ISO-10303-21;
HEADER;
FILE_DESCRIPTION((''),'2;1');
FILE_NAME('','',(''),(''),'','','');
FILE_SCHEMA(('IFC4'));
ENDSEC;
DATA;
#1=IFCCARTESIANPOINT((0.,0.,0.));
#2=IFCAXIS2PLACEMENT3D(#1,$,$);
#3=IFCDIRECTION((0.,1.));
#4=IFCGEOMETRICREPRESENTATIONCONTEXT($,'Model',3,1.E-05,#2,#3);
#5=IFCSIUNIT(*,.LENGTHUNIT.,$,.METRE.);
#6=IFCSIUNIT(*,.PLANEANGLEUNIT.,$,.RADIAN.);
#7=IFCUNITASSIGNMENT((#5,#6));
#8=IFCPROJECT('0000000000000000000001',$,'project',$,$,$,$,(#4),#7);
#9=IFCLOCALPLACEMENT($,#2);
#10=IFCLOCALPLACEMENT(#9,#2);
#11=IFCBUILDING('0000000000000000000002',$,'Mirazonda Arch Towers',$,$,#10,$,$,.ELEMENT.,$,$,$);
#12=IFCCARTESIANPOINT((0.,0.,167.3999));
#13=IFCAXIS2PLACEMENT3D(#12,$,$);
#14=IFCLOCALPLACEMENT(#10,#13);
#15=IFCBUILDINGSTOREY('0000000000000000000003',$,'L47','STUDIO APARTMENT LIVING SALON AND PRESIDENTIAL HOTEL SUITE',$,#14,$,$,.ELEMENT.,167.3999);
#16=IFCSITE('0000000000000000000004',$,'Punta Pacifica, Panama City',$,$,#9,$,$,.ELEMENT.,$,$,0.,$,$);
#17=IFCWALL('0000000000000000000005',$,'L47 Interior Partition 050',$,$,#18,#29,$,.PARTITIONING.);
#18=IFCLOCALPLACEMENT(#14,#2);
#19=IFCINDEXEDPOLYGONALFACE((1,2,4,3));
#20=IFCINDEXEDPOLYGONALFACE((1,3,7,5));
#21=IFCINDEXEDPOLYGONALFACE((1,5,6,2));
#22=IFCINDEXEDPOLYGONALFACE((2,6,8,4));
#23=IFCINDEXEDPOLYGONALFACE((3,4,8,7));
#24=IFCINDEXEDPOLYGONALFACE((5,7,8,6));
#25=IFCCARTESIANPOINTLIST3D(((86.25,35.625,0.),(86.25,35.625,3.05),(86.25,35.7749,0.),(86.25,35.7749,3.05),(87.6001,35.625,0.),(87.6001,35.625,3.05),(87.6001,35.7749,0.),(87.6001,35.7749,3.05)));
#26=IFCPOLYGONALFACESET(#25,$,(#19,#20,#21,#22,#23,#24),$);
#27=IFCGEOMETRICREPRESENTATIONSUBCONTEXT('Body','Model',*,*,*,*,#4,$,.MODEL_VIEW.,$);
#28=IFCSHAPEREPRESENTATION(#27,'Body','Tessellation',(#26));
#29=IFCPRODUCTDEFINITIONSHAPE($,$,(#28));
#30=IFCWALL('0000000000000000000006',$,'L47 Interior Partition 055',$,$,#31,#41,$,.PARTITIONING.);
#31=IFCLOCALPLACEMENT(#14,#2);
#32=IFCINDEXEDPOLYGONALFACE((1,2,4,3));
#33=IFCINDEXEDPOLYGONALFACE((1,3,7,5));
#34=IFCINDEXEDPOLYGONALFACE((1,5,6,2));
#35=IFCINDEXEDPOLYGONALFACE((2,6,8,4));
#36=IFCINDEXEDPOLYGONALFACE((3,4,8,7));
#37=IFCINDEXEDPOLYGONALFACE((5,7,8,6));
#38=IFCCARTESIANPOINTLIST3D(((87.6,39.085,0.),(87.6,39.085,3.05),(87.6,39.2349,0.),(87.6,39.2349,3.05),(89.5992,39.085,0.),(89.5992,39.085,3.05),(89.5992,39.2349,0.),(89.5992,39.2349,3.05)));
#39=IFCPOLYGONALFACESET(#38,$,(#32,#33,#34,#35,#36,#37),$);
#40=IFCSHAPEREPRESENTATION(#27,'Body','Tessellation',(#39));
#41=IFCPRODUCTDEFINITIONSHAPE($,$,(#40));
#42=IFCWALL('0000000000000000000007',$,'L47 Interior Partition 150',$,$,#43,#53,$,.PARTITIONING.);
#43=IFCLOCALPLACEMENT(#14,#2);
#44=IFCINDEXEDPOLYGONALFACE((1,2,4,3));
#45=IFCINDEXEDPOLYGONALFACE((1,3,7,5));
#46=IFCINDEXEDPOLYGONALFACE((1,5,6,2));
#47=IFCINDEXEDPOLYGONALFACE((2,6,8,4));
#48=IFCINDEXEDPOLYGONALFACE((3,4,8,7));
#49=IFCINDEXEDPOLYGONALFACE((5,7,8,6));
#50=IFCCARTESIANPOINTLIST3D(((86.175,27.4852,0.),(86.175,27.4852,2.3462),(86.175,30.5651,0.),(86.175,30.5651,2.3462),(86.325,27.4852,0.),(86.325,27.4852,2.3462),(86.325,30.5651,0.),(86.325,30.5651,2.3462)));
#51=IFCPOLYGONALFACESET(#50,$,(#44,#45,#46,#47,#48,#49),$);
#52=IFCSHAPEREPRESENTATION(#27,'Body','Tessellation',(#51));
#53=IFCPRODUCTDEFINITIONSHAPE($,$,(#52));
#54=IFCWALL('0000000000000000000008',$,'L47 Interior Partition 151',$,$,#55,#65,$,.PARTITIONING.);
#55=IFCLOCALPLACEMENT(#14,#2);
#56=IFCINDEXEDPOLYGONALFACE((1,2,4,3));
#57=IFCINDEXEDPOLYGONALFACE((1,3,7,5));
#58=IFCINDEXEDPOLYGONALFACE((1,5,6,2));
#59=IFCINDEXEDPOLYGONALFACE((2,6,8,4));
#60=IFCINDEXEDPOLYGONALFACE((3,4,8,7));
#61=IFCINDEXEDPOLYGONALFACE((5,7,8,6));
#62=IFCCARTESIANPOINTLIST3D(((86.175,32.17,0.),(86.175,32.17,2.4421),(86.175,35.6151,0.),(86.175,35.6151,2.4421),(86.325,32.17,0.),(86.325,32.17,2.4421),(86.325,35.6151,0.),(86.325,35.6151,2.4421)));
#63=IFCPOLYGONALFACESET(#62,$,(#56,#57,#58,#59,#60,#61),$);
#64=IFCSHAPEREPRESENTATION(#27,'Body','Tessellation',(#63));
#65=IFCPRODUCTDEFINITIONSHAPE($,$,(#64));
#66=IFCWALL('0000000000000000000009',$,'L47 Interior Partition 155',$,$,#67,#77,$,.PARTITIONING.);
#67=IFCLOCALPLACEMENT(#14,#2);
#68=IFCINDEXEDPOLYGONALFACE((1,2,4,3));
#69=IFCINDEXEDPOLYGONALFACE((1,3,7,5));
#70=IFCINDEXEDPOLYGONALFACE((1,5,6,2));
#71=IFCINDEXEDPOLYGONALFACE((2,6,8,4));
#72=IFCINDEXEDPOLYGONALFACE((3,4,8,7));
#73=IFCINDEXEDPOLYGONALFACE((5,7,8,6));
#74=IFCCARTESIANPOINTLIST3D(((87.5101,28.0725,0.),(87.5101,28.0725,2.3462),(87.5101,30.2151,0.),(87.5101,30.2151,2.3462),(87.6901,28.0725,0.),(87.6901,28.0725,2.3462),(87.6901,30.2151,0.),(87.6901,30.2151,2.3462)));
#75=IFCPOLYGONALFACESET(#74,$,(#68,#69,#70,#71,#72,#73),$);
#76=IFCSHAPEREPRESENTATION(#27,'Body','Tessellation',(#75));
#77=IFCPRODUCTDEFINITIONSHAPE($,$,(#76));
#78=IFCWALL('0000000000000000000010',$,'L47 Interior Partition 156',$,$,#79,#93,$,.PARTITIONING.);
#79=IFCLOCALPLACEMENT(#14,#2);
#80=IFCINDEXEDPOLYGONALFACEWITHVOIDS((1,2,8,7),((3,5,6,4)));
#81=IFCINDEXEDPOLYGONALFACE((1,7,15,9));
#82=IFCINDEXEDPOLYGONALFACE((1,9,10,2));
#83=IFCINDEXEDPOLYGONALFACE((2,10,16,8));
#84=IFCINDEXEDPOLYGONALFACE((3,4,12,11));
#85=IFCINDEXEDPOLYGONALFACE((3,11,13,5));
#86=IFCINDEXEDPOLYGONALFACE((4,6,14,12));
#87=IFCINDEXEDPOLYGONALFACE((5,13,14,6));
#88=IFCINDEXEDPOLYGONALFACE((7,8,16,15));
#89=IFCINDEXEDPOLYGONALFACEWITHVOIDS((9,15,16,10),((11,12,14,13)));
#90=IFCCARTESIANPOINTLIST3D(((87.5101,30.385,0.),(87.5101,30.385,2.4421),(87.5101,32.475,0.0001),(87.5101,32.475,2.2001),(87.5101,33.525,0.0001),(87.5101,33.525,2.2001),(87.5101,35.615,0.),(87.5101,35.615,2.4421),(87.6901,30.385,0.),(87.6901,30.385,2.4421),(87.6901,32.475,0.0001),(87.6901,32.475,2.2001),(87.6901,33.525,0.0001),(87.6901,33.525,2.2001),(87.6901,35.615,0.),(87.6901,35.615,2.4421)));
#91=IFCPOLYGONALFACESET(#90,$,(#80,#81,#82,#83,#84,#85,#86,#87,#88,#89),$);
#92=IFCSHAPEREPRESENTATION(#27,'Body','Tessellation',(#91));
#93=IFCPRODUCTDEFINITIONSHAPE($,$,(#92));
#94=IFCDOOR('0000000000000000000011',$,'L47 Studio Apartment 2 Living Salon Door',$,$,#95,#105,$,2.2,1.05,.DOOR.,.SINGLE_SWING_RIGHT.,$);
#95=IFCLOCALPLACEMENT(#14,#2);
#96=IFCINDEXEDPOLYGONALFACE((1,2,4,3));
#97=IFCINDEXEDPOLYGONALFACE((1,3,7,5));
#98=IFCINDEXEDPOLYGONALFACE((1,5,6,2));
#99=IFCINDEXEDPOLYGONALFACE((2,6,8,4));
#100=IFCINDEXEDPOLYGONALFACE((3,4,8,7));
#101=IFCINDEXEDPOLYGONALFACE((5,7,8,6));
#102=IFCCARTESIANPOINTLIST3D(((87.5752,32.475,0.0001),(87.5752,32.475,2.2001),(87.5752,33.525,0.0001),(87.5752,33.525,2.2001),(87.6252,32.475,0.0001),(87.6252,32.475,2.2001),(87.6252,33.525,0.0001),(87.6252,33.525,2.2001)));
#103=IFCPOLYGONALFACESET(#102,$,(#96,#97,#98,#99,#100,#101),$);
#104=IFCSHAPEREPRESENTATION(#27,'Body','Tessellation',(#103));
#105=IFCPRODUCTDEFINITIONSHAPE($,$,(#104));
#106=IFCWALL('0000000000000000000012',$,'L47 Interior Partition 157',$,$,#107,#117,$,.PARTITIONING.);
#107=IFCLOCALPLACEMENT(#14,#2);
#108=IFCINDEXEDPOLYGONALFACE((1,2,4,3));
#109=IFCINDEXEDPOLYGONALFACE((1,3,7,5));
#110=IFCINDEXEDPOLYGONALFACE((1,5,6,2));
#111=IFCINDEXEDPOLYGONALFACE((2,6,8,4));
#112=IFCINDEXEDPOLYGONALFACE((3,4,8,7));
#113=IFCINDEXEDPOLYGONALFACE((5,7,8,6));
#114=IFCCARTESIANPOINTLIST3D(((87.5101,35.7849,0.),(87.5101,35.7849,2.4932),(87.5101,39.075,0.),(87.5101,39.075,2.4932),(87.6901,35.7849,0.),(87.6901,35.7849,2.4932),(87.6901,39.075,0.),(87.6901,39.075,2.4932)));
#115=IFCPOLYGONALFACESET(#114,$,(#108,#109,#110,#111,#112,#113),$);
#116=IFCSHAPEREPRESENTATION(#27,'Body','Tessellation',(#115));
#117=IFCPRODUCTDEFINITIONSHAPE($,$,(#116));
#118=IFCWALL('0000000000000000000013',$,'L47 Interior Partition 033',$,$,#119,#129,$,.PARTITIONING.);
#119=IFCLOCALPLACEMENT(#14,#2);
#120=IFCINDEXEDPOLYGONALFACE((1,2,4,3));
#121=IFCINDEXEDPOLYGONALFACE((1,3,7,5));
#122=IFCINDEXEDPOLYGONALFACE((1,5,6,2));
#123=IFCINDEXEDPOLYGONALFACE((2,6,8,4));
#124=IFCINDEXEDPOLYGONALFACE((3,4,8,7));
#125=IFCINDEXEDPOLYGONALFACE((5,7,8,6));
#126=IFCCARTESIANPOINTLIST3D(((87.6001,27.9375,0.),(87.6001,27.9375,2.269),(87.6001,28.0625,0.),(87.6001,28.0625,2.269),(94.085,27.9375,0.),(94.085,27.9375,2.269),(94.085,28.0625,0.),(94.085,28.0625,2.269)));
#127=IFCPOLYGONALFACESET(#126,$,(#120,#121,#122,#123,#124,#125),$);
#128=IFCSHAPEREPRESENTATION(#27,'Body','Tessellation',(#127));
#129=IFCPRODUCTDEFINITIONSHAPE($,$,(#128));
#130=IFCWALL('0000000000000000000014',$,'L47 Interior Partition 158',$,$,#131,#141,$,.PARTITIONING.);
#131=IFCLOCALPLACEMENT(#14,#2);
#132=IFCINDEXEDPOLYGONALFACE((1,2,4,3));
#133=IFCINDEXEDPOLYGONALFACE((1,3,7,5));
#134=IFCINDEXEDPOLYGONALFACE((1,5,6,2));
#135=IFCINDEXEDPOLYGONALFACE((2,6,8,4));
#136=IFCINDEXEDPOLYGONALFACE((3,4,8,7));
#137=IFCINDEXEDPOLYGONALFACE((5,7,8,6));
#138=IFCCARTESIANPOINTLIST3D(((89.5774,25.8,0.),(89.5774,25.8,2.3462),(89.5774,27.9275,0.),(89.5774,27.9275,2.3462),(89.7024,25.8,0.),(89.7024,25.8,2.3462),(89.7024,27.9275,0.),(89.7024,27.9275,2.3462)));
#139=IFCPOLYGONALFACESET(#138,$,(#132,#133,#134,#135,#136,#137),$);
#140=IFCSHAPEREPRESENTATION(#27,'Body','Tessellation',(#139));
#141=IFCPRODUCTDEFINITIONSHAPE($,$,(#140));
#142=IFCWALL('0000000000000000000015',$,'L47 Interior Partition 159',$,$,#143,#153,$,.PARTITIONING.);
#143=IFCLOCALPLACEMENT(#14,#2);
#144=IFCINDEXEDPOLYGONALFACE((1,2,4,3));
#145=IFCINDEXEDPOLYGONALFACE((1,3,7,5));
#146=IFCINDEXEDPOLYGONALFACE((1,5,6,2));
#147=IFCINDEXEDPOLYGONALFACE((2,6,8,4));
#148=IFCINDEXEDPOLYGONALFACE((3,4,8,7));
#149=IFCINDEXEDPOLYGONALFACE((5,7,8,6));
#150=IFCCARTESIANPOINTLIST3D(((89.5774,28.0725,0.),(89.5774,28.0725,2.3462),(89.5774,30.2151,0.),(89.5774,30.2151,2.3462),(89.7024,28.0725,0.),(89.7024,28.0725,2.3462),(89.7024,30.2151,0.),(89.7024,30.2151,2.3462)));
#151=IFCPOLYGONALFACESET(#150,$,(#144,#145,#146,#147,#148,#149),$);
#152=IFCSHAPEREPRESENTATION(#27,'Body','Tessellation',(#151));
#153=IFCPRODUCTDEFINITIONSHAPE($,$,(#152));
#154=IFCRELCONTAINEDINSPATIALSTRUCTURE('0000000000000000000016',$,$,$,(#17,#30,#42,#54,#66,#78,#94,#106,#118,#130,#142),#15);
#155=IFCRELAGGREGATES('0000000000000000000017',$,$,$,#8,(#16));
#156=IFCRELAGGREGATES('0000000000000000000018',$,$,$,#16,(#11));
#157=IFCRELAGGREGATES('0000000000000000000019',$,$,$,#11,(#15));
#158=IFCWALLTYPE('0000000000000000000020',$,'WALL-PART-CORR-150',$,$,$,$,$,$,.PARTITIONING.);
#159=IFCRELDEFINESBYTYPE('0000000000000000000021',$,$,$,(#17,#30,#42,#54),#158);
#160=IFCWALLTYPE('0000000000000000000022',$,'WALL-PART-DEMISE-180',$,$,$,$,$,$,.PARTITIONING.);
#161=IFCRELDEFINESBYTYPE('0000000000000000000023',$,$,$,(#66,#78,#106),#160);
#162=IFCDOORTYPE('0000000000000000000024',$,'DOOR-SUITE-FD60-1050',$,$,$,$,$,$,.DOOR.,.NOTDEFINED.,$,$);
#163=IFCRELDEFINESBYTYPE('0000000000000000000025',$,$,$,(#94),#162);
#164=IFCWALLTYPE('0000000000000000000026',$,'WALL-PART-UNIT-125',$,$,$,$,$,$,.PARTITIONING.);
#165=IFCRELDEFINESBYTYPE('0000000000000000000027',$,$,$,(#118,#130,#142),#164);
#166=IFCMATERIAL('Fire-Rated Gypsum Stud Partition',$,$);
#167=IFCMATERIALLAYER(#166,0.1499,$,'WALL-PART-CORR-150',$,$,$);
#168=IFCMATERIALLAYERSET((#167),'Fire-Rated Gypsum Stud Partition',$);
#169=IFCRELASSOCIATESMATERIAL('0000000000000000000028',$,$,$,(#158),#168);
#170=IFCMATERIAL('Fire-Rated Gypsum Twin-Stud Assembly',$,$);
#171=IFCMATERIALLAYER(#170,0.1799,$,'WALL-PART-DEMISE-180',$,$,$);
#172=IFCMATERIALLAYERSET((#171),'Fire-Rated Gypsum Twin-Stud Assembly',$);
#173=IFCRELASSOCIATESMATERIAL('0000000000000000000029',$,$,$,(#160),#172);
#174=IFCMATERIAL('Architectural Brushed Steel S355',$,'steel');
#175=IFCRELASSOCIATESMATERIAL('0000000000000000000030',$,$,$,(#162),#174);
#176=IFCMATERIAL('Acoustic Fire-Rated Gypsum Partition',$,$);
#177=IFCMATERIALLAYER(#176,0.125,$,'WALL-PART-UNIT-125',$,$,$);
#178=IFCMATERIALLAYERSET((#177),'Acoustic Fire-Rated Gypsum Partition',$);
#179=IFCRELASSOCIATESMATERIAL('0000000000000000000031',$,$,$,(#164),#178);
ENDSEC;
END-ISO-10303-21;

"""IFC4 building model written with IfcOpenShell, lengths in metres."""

from ifc_helpers import new_model, si_unit, direction, frame, frame_2d, origin, place, context, subcontext, project, spatial, rectangle, extrude, material, layer, layer_set, type_object, element, fill, save


model = new_model("IFC4")

# Units and contexts
model_context = context("Model", 3, precision=1e-05, world=origin(), true_north=direction((0.0, 1.0)))
body_context = subcontext(model_context, "Body", "Model", "MODEL_VIEW")
ifc_project = project(units=[si_unit("LENGTHUNIT", "METRE"), si_unit("PLANEANGLEUNIT", "RADIAN")], contexts=[model_context])

# Site, building, storey
site_placement = place(None, origin())
site = spatial("IfcSite", under=ifc_project, at=site_placement, Name="Punta Pacifica, Panama City", CompositionType="ELEMENT", RefElevation=0.0)
building_placement = place(site_placement, origin())
building = spatial("IfcBuilding", under=site, at=building_placement, Name="Mirazonda Arch Towers", CompositionType="ELEMENT")
storey_placement = place(building_placement, frame((0.0, 0.0, 167.3999)))
storey = spatial("IfcBuildingStorey", under=building, at=storey_placement, Name="L47", Description="STUDIO APARTMENT LIVING SALON AND PRESIDENTIAL HOTEL SUITE", CompositionType="ELEMENT", Elevation=167.3999)

# Shared definitions
ifc_material_1 = material(Name="Fire-Rated Gypsum Stud Partition")
ifc_layer_1 = layer(ifc_material_1, 0.1499, Name="WALL-PART-CORR-150")
ifc_layer_set_1 = layer_set([ifc_layer_1], Name="Fire-Rated Gypsum Stud Partition")
wall_type_1 = type_object("IfcWallType", Name="WALL-PART-CORR-150", PredefinedType="PARTITIONING", material=ifc_layer_set_1)
ifc_material_2 = material(Name="Architectural Brushed Steel S355", Category="steel")

# Walls
wall_1_placement = place(storey_placement, frame((86.25, 35.7, 0.0), z_axis=(0.0, 0.0, 1.0), x_axis=(1.0, 0.0, 0.0)))
element("IfcWall", 1, at=wall_1_placement, inside=storey, type_object=wall_type_1, Name="L47 Interior Partition 050", PredefinedType="PARTITIONING", context=body_context, shape_type="SweptSolid", body=[
    extrude(rectangle(XDim=1.3501, YDim=0.1499, at=frame_2d((0.675, 0.0))), origin(), (0.0, 0.0, 1.0), 3.05),
])
wall_2_placement = place(storey_placement, frame((87.6001, 39.1599, 0.0), z_axis=(0.0, 0.0, 1.0), x_axis=(1.0, 0.0, 0.0)))
element("IfcWall", 2, at=wall_2_placement, inside=storey, type_object=wall_type_1, Name="L47 Interior Partition 055", PredefinedType="PARTITIONING", context=body_context, shape_type="SweptSolid", body=[
    extrude(rectangle(XDim=1.9993, YDim=0.1499, at=frame_2d((0.9995, 0.0))), origin(), (0.0, 0.0, 1.0), 3.05),
])
wall_3_placement = place(storey_placement, frame((86.25, 27.4851, 0.0), z_axis=(0.0, 0.0, 1.0), x_axis=(0.0, 1.0, 0.0)))
element("IfcWall", 3, at=wall_3_placement, inside=storey, type_object=wall_type_1, Name="L47 Interior Partition 150", PredefinedType="PARTITIONING", context=body_context, shape_type="SweptSolid", body=[
    extrude(rectangle(XDim=3.0798, YDim=0.1499, at=frame_2d((1.54, 0.0))), origin(), (0.0, 0.0, 1.0), 2.3462),
])
wall_4_placement = place(storey_placement, frame((86.25, 32.1699, 0.0), z_axis=(0.0, 0.0, 1.0), x_axis=(0.0, 1.0, 0.0)))
element("IfcWall", 4, at=wall_4_placement, inside=storey, type_object=wall_type_1, Name="L47 Interior Partition 151", PredefinedType="PARTITIONING", context=body_context, shape_type="SweptSolid", body=[
    extrude(rectangle(XDim=3.4451, YDim=0.1499, at=frame_2d((1.7227, 0.0))), origin(), (0.0, 0.0, 1.0), 2.4421),
])
ifc_material_3 = material(Name="Fire-Rated Gypsum Twin-Stud Assembly")
ifc_layer_2 = layer(ifc_material_3, 0.1799, Name="WALL-PART-DEMISE-180")
ifc_layer_set_2 = layer_set([ifc_layer_2], Name="Fire-Rated Gypsum Twin-Stud Assembly")
wall_type_2 = type_object("IfcWallType", Name="WALL-PART-DEMISE-180", PredefinedType="PARTITIONING", material=ifc_layer_set_2)
wall_5_placement = place(storey_placement, frame((87.6001, 28.0725, 0.0), z_axis=(0.0, 0.0, 1.0), x_axis=(0.0, 1.0, 0.0)))
element("IfcWall", 5, at=wall_5_placement, inside=storey, type_object=wall_type_2, Name="L47 Interior Partition 155", PredefinedType="PARTITIONING", context=body_context, shape_type="SweptSolid", body=[
    extrude(rectangle(XDim=2.1426, YDim=0.1799, at=frame_2d((1.0713, 0.0))), origin(), (0.0, 0.0, 1.0), 2.3462),
])

# Wall, opening, door
wall_6_placement = place(storey_placement, frame((87.6001, 30.385, 0.0), z_axis=(0.0, 0.0, 1.0), x_axis=(0.0, 1.0, 0.0)))
wall_6 = element("IfcWall", 6, at=wall_6_placement, inside=storey, type_object=wall_type_2, Name="L47 Interior Partition 156", PredefinedType="PARTITIONING", context=body_context, shape_type="SweptSolid", body=[
    extrude(rectangle(XDim=5.23, YDim=0.1799, at=frame_2d((2.615, 0.0))), origin(), (0.0, 0.0, 1.0), 2.4421),
])
opening_1_placement = place(wall_6_placement, frame((2.0901, 0.0, 0.0)))
opening_1 = element("IfcOpeningElement", 7, at=opening_1_placement, cuts=wall_6, PredefinedType="OPENING", context=body_context, shape_type="SweptSolid", body=[
    extrude(rectangle(XDim=1.05, YDim=2.2, at=frame_2d((0.5249, 1.1001))), frame((0.0, 0.0999, 0.0), z_axis=(0.0, -1.0, 0.0), x_axis=(1.0, 0.0, 0.0)), (0.0, 0.0, 1.0), 0.2),
])
door_type_1 = type_object("IfcDoorType", Name="DOOR-SUITE-FD60-1050", OperationType="NOTDEFINED", PredefinedType="DOOR", material=ifc_material_2)
door_1_placement = place(opening_1_placement, origin())
door_1 = element("IfcDoor", 8, at=door_1_placement, inside=storey, type_object=door_type_1, Name="L47 Studio Apartment 2 Living Salon Door", OperationType="SINGLE_SWING_RIGHT", OverallHeight=2.2, OverallWidth=1.05, PredefinedType="DOOR", context=body_context, shape_type="SweptSolid", body=[
    extrude(rectangle(XDim=1.05, YDim=2.2, at=frame_2d((0.5249, 1.1001))), frame((0.0, 0.0249, 0.0), z_axis=(0.0, -1.0, 0.0), x_axis=(1.0, 0.0, 0.0)), (0.0, 0.0, 1.0), 0.05),
])
fill(opening_1, door_1)

# Walls
wall_7_placement = place(storey_placement, frame((87.6001, 35.7849, 0.0), z_axis=(0.0, 0.0, 1.0), x_axis=(0.0, 1.0, 0.0)))
element("IfcWall", 9, at=wall_7_placement, inside=storey, type_object=wall_type_2, Name="L47 Interior Partition 157", PredefinedType="PARTITIONING", context=body_context, shape_type="SweptSolid", body=[
    extrude(rectangle(XDim=3.29, YDim=0.1799, at=frame_2d((1.645, 0.0))), origin(), (0.0, 0.0, 1.0), 2.4932),
])
ifc_material_4 = material(Name="Acoustic Fire-Rated Gypsum Partition")
ifc_layer_3 = layer(ifc_material_4, 0.125, Name="WALL-PART-UNIT-125")
ifc_layer_set_3 = layer_set([ifc_layer_3], Name="Acoustic Fire-Rated Gypsum Partition")
wall_type_3 = type_object("IfcWallType", Name="WALL-PART-UNIT-125", PredefinedType="PARTITIONING", material=ifc_layer_set_3)
wall_8_placement = place(storey_placement, frame((87.6001, 28.0, 0.0), z_axis=(0.0, 0.0, 1.0), x_axis=(1.0, 0.0, 0.0)))
element("IfcWall", 10, at=wall_8_placement, inside=storey, type_object=wall_type_3, Name="L47 Interior Partition 033", PredefinedType="PARTITIONING", context=body_context, shape_type="SweptSolid", body=[
    extrude(rectangle(XDim=6.4849, YDim=0.125, at=frame_2d((3.2424, 0.0))), origin(), (0.0, 0.0, 1.0), 2.269),
])
wall_9_placement = place(storey_placement, frame((89.6399, 25.8, 0.0), z_axis=(0.0, 0.0, 1.0), x_axis=(0.0, 1.0, 0.0)))
element("IfcWall", 11, at=wall_9_placement, inside=storey, type_object=wall_type_3, Name="L47 Interior Partition 158", PredefinedType="PARTITIONING", context=body_context, shape_type="SweptSolid", body=[
    extrude(rectangle(XDim=2.1274, YDim=0.125, at=frame_2d((1.0637, 0.0))), origin(), (0.0, 0.0, 1.0), 2.3462),
])
wall_10_placement = place(storey_placement, frame((89.6399, 28.0725, 0.0), z_axis=(0.0, 0.0, 1.0), x_axis=(0.0, 1.0, 0.0)))
element("IfcWall", 12, at=wall_10_placement, inside=storey, type_object=wall_type_3, Name="L47 Interior Partition 159", PredefinedType="PARTITIONING", context=body_context, shape_type="SweptSolid", body=[
    extrude(rectangle(XDim=2.1426, YDim=0.125, at=frame_2d((1.0713, 0.0))), origin(), (0.0, 0.0, 1.0), 2.3462),
])

save(model, "model.ifc")
